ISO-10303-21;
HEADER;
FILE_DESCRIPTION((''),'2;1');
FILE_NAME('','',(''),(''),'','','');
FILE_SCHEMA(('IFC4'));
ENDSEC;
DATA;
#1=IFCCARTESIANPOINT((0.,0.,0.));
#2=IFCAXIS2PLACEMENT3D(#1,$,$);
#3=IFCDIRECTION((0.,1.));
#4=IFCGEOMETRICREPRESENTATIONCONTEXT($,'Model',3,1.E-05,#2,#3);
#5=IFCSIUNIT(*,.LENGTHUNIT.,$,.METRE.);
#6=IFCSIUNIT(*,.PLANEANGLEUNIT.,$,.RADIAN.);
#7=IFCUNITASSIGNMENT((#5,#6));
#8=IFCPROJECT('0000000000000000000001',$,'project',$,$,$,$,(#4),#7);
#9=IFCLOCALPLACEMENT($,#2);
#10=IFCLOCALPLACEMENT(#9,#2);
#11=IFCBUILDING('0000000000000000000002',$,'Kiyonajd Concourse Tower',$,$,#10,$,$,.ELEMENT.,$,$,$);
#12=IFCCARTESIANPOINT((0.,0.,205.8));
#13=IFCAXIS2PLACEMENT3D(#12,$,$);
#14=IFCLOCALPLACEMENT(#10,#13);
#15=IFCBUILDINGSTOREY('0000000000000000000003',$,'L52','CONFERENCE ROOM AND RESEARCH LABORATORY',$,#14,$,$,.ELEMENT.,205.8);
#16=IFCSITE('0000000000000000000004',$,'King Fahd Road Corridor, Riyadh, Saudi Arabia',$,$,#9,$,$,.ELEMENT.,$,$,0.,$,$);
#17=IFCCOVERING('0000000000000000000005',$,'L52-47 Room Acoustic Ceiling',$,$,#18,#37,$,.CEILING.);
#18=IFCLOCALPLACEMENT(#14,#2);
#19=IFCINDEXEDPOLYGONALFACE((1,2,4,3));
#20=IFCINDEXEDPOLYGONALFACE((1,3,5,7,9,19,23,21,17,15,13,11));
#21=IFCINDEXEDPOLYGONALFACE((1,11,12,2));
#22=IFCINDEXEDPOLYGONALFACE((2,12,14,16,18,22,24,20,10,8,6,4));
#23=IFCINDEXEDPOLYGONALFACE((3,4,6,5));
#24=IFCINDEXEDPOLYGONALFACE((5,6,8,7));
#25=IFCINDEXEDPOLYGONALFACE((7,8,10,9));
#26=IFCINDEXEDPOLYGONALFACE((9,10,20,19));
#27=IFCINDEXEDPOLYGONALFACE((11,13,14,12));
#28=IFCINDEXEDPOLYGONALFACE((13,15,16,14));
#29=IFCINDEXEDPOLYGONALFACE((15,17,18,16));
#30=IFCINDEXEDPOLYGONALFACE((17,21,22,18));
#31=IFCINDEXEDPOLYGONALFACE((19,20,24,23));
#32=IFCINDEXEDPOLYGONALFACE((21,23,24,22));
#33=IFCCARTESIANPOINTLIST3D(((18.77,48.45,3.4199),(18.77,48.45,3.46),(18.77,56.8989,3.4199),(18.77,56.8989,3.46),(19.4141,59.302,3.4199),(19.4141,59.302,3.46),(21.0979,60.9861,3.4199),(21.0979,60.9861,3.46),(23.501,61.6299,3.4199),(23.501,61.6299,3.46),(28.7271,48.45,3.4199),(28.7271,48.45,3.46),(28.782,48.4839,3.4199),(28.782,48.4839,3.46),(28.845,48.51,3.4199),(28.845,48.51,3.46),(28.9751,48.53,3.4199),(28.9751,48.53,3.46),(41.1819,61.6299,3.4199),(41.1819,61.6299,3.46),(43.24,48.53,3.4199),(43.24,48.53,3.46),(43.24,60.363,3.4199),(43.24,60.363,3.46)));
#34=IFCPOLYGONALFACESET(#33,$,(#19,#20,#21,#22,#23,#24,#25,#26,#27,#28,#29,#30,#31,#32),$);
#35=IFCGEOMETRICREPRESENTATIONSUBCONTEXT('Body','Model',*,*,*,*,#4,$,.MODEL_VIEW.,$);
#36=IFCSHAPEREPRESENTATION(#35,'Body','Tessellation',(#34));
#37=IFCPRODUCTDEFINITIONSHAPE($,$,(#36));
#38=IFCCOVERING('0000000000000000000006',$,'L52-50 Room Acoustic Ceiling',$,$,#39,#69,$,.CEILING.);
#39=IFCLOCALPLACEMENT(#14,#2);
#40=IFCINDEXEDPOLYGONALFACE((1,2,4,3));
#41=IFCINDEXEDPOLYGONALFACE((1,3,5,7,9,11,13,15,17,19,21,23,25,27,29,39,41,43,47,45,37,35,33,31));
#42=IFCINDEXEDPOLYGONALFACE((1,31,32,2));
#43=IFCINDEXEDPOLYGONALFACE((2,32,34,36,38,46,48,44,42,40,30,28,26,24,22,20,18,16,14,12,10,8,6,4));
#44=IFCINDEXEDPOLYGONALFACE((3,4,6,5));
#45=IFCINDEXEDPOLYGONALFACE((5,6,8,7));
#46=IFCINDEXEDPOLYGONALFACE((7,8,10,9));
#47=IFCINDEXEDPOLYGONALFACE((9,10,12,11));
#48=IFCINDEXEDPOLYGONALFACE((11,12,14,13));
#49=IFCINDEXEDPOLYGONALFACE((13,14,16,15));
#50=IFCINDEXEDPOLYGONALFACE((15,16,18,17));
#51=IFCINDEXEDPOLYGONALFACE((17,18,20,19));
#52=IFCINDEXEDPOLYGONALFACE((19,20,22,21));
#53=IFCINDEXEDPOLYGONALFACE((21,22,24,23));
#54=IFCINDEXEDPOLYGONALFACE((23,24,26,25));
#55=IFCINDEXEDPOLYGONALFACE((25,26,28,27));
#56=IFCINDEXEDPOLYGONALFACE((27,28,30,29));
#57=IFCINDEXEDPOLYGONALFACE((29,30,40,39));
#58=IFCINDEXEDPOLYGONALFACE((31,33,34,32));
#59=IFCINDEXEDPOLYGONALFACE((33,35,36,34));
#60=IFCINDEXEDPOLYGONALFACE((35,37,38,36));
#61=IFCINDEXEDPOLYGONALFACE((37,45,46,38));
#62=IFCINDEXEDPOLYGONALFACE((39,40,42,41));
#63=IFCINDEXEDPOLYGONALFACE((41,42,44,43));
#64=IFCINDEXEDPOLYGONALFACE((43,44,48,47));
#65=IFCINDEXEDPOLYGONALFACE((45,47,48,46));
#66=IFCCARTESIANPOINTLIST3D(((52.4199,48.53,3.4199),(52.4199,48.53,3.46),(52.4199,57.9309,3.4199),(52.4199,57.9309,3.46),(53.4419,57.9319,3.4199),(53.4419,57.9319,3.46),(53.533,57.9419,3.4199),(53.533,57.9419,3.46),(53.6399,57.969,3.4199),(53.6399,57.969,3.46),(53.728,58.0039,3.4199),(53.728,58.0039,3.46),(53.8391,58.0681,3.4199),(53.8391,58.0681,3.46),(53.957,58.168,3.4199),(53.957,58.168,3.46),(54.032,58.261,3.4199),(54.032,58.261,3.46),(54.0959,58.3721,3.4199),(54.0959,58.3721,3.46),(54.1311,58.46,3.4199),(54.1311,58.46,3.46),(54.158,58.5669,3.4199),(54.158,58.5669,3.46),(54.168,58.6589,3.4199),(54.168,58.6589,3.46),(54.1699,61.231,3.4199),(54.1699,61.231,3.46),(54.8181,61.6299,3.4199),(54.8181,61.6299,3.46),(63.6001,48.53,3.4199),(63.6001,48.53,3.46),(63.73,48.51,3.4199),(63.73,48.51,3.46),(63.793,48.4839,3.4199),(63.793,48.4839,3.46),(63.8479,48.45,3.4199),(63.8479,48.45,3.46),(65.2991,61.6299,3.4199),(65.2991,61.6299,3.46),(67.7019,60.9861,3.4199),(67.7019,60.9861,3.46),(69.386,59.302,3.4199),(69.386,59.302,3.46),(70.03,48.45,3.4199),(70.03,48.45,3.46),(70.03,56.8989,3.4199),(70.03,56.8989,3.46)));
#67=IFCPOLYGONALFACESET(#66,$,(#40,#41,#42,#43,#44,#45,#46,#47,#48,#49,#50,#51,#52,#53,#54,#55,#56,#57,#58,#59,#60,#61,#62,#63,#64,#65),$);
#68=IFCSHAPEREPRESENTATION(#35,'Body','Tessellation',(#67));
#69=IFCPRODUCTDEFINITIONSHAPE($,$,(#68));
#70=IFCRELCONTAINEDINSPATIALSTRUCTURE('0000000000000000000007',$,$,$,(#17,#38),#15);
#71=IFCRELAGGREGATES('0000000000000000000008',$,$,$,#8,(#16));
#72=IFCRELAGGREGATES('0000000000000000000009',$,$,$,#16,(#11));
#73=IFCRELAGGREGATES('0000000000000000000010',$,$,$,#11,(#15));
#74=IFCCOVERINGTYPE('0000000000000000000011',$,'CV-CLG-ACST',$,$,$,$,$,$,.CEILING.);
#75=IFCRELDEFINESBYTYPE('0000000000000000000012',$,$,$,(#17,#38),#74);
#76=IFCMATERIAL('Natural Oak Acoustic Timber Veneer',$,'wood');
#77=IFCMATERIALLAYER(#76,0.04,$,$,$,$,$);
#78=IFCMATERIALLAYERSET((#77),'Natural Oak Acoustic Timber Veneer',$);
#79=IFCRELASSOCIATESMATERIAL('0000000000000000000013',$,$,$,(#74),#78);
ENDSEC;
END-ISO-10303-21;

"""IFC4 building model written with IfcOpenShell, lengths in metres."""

from ifc_helpers import new_model, si_unit, direction, frame, origin, place, context, subcontext, project, spatial, polyline, outline, extrude, material, layer, layer_set, type_object, element, save


model = new_model("IFC4")

# Units and contexts
model_context = context("Model", 3, precision=1e-05, world=origin(), true_north=direction((0.0, 1.0)))
body_context = subcontext(model_context, "Body", "Model", "MODEL_VIEW")
ifc_project = project(units=[si_unit("LENGTHUNIT", "METRE"), si_unit("PLANEANGLEUNIT", "RADIAN")], contexts=[model_context])

# Site, building, storey
site_placement = place(None, origin())
site = spatial("IfcSite", under=ifc_project, at=site_placement, Name="King Fahd Road Corridor, Riyadh, Saudi Arabia", CompositionType="ELEMENT", RefElevation=0.0)
building_placement = place(site_placement, origin())
building = spatial("IfcBuilding", under=site, at=building_placement, Name="Kiyonajd Concourse Tower", CompositionType="ELEMENT")
storey_placement = place(building_placement, frame((0.0, 0.0, 205.8)))
storey = spatial("IfcBuildingStorey", under=building, at=storey_placement, Name="L52", Description="CONFERENCE ROOM AND RESEARCH LABORATORY", CompositionType="ELEMENT", Elevation=205.8)

# Coverings
ifc_material_1 = material(Name="Natural Oak Acoustic Timber Veneer", Category="wood")
ifc_layer_1 = layer(ifc_material_1, 0.04)
ifc_layer_set_1 = layer_set([ifc_layer_1], Name="Natural Oak Acoustic Timber Veneer")
covering_type = type_object("IfcCoveringType", Name="CV-CLG-ACST", PredefinedType="CEILING", material=ifc_layer_set_1)
covering_1_placement = place(storey_placement, frame((0.0, 0.0, 3.4199)))
element("IfcCovering", 1, at=covering_1_placement, inside=storey, type_object=covering_type, Name="L52-47 Room Acoustic Ceiling", PredefinedType="CEILING", context=body_context, shape_type="SweptSolid", body=[
    extrude(outline(polyline([(21.0979, 60.9861), (23.501, 61.6299), (41.1819, 61.6299), (43.24, 60.363), (43.24, 48.53), (28.9751, 48.53), (28.845, 48.51), (28.782, 48.4839), (28.7271, 48.45), (18.77, 48.45), (18.77, 56.8989), (19.4141, 59.302), (21.0979, 60.9861)])), origin(), (0.0, 0.0, 1.0), 0.04),
])
covering_2_placement = place(storey_placement, frame((0.0, 0.0, 3.4199)))
element("IfcCovering", 2, at=covering_2_placement, inside=storey, type_object=covering_type, Name="L52-50 Room Acoustic Ceiling", PredefinedType="CEILING", context=body_context, shape_type="SweptSolid", body=[
    extrude(outline(polyline([(53.533, 57.9419), (53.6399, 57.969), (53.728, 58.0039), (53.8391, 58.0681), (53.957, 58.168), (54.032, 58.261), (54.0959, 58.3721), (54.1311, 58.46), (54.158, 58.5669), (54.168, 58.6589), (54.1699, 61.231), (54.8181, 61.6299), (65.2991, 61.6299), (67.7019, 60.9861), (69.386, 59.302), (70.03, 56.8989), (70.03, 48.45), (63.8479, 48.45), (63.793, 48.4839), (63.73, 48.51), (63.6001, 48.53), (52.4199, 48.53), (52.4199, 57.9309), (53.4419, 57.9319), (53.533, 57.9419)])), origin(), (0.0, 0.0, 1.0), 0.04),
])

save(model, "model.ifc")
